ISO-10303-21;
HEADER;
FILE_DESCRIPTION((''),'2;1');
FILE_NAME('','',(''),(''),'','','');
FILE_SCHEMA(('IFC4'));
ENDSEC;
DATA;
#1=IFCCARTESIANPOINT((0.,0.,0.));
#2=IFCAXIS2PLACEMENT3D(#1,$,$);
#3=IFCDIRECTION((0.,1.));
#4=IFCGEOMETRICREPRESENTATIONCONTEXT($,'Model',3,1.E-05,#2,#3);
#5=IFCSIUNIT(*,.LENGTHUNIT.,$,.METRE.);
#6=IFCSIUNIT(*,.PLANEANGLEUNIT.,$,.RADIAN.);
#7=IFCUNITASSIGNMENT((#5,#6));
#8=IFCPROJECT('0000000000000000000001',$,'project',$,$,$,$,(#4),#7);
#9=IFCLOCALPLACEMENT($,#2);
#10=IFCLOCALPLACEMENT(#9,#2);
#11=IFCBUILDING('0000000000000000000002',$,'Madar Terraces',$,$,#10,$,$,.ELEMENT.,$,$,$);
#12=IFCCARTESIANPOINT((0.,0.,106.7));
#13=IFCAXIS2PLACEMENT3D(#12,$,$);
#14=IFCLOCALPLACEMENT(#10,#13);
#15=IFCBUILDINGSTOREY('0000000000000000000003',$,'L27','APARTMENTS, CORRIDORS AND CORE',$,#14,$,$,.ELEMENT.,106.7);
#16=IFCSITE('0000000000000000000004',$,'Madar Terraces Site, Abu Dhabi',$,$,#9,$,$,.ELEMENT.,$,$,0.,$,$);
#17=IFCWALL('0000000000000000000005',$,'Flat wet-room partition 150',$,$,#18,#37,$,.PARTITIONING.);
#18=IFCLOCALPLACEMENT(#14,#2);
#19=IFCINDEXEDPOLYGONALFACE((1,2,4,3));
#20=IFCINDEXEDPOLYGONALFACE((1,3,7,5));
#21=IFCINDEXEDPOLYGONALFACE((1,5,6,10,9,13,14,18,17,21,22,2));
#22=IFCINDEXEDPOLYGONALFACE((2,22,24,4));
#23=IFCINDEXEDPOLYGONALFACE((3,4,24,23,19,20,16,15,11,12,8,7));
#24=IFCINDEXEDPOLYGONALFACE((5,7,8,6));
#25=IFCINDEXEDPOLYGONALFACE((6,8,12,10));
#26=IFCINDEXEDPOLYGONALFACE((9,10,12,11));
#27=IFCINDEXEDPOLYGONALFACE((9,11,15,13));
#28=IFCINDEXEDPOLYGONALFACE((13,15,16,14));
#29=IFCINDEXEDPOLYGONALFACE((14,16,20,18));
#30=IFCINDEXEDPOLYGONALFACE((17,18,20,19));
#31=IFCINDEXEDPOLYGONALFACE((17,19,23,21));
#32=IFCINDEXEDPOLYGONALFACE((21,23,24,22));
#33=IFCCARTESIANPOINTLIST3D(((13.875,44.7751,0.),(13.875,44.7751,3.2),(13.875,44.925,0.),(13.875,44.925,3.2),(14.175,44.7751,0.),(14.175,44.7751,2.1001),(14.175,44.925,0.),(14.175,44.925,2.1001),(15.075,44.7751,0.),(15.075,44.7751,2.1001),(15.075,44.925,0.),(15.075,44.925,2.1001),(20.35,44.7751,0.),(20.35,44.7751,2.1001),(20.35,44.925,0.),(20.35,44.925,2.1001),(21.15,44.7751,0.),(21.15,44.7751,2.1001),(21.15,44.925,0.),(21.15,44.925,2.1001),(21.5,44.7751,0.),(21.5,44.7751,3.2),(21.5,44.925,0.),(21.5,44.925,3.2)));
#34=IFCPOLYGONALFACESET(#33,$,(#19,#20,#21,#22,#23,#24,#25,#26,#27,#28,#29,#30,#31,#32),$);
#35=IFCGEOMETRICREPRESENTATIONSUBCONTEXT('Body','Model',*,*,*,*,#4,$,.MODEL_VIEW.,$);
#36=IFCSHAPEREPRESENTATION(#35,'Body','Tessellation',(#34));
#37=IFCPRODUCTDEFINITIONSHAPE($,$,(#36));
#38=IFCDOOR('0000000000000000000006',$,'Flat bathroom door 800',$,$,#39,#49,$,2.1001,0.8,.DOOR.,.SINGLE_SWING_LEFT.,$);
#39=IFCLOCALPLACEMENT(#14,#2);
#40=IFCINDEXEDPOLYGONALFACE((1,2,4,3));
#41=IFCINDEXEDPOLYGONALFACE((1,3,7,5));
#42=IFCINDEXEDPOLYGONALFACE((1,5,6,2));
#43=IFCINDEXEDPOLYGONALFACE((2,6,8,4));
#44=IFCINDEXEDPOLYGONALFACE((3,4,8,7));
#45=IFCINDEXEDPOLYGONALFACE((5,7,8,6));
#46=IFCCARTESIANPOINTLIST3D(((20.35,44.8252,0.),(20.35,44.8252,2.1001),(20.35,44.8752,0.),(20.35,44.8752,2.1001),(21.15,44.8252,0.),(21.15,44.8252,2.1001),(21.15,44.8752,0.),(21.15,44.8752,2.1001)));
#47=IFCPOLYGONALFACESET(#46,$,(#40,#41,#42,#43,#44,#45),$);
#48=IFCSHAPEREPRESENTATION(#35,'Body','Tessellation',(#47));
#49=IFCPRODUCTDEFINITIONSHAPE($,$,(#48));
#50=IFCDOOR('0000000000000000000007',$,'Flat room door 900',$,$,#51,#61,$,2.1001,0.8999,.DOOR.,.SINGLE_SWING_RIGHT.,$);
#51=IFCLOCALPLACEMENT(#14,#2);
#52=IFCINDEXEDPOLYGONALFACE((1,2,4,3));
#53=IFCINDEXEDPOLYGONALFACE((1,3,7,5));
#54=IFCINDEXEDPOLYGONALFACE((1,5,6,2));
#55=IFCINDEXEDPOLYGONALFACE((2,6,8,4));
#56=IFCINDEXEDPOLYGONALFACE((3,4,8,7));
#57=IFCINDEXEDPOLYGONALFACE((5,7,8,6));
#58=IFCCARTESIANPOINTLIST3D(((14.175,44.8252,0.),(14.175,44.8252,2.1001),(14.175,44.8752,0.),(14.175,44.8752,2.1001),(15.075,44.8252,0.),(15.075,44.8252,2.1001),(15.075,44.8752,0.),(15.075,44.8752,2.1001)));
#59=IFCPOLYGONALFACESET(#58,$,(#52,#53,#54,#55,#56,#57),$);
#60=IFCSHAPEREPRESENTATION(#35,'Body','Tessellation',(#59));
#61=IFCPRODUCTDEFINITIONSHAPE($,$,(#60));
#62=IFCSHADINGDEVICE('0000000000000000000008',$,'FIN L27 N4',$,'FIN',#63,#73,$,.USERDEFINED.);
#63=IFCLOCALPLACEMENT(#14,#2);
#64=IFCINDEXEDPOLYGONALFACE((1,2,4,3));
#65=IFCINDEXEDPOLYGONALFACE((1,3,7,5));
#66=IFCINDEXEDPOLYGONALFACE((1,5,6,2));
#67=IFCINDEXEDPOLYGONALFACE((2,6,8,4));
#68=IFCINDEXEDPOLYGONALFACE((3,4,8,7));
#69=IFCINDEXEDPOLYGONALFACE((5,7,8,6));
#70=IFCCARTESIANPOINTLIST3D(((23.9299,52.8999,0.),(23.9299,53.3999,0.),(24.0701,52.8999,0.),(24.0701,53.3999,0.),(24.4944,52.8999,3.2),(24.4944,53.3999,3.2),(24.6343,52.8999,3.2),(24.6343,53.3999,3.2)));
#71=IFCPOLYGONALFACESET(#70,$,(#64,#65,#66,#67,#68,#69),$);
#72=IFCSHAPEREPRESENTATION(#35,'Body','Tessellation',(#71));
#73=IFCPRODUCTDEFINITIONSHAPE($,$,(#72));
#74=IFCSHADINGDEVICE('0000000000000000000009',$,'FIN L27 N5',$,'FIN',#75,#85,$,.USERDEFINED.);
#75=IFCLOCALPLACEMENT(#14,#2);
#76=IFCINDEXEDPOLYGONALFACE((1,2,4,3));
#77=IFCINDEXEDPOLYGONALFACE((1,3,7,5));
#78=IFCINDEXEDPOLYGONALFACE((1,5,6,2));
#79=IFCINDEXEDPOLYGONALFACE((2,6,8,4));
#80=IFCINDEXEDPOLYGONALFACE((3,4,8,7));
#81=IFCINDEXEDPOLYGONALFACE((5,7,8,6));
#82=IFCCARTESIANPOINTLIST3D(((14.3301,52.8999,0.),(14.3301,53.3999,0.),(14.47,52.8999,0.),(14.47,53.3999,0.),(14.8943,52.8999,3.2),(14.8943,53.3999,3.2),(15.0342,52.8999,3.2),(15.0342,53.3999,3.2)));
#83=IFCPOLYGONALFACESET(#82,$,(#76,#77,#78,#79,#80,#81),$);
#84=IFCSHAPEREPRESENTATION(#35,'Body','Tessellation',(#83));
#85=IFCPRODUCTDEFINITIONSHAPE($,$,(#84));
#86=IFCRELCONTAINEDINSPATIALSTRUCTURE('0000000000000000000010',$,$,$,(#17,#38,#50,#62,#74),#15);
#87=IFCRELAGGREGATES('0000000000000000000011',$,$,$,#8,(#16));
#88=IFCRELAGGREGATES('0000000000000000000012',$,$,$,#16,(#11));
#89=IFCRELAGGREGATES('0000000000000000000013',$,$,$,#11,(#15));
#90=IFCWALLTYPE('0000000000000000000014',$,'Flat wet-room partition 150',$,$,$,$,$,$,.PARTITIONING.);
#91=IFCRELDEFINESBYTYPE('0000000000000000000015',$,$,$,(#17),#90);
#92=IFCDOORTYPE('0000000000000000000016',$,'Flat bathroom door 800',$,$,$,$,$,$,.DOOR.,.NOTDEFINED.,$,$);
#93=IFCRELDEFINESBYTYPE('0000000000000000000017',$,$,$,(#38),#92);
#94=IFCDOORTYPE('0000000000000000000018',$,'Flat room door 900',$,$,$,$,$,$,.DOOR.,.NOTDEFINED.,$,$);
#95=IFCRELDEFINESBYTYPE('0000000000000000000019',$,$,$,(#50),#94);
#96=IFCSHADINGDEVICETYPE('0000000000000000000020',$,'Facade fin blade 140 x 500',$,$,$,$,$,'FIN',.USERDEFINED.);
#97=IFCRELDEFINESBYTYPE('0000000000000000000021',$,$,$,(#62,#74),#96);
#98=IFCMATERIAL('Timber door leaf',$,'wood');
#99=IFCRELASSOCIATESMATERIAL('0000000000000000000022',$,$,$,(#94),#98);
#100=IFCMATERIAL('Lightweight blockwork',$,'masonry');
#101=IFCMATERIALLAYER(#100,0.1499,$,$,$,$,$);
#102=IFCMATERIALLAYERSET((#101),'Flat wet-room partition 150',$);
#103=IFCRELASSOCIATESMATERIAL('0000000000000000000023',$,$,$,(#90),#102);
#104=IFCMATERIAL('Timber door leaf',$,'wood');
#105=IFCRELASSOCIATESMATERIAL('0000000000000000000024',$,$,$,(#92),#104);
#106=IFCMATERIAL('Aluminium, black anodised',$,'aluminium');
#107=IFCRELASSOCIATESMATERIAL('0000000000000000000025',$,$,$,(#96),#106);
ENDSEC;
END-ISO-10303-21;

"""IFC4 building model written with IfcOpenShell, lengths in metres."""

from ifc_helpers import new_model, si_unit, direction, frame, frame_2d, origin, place, context, subcontext, project, spatial, polyline, rectangle, outline, extrude, material, layer, layer_set, type_object, element, fill, save


model = new_model("IFC4")

# Units and contexts
model_context = context("Model", 3, precision=1e-05, world=origin(), true_north=direction((0.0, 1.0)))
body_context = subcontext(model_context, "Body", "Model", "MODEL_VIEW")
ifc_project = project(units=[si_unit("LENGTHUNIT", "METRE"), si_unit("PLANEANGLEUNIT", "RADIAN")], contexts=[model_context])

# Site, building, storey
site_placement = place(None, origin())
site = spatial("IfcSite", under=ifc_project, at=site_placement, Name="Madar Terraces Site, Abu Dhabi", CompositionType="ELEMENT", RefElevation=0.0)
building_placement = place(site_placement, origin())
building = spatial("IfcBuilding", under=site, at=building_placement, Name="Madar Terraces", CompositionType="ELEMENT")
storey_placement = place(building_placement, frame((0.0, 0.0, 106.7)))
storey = spatial("IfcBuildingStorey", under=building, at=storey_placement, Name="L27", Description="APARTMENTS, CORRIDORS AND CORE", CompositionType="ELEMENT", Elevation=106.7)

# Shared definitions
ifc_material_1 = material(Name="Timber door leaf", Category="wood")
door_type_1 = type_object("IfcDoorType", Name="Flat room door 900", OperationType="NOTDEFINED", PredefinedType="DOOR", material=ifc_material_1)

# Wall, openings, doors
ifc_material_2 = material(Name="Lightweight blockwork", Category="masonry")
ifc_layer_1 = layer(ifc_material_2, 0.1499)
ifc_layer_set_1 = layer_set([ifc_layer_1], Name="Flat wet-room partition 150")
wall_type_1 = type_object("IfcWallType", Name="Flat wet-room partition 150", PredefinedType="PARTITIONING", material=ifc_layer_set_1)
wall_1_placement = place(storey_placement, frame((21.5, 44.8501, 0.0), z_axis=(0.0, 0.0, 1.0), x_axis=(-1.0, 0.0, 0.0)))
wall_1 = element("IfcWall", 1, at=wall_1_placement, inside=storey, type_object=wall_type_1, Name="Flat wet-room partition 150", PredefinedType="PARTITIONING", context=body_context, shape_type="SweptSolid", body=[
    extrude(rectangle(XDim=7.625, YDim=0.1499, at=frame_2d((3.8125, 0.0))), origin(), (0.0, 0.0, 1.0), 3.2),
])
opening_1_placement = place(wall_1_placement, frame((6.425, 0.0, 0.0)))
opening_1 = element("IfcOpeningElement", 2, at=opening_1_placement, cuts=wall_1, PredefinedType="OPENING", context=body_context, shape_type="SweptSolid", body=[
    extrude(rectangle(XDim=0.8999, YDim=2.1001, at=frame_2d((0.45, 1.05))), frame((0.0, 0.085, 0.0), z_axis=(0.0, -1.0, 0.0), x_axis=(1.0, 0.0, 0.0)), (0.0, 0.0, 1.0), 0.1699),
])
opening_2_placement = place(wall_1_placement, frame((0.3501, 0.0, 0.0)))
opening_2 = element("IfcOpeningElement", 3, at=opening_2_placement, cuts=wall_1, PredefinedType="OPENING", context=body_context, shape_type="SweptSolid", body=[
    extrude(rectangle(XDim=0.8, YDim=2.1001, at=frame_2d((0.3999, 1.05))), frame((0.0, 0.085, 0.0), z_axis=(0.0, -1.0, 0.0), x_axis=(1.0, 0.0, 0.0)), (0.0, 0.0, 1.0), 0.1699),
])
ifc_material_3 = material(Name="Timber door leaf", Category="wood")
door_type_2 = type_object("IfcDoorType", Name="Flat bathroom door 800", OperationType="NOTDEFINED", PredefinedType="DOOR", material=ifc_material_3)
door_1_placement = place(opening_2_placement, origin())
door_1 = element("IfcDoor", 4, at=door_1_placement, inside=storey, type_object=door_type_2, Name="Flat bathroom door 800", OperationType="SINGLE_SWING_LEFT", OverallHeight=2.1001, OverallWidth=0.8, PredefinedType="DOOR", context=body_context, shape_type="SweptSolid", body=[
    extrude(rectangle(XDim=0.8, YDim=2.1001, at=frame_2d((0.3999, 1.05))), frame((0.0, 0.0249, 0.0), z_axis=(0.0, -1.0, 0.0), x_axis=(1.0, 0.0, 0.0)), (0.0, 0.0, 1.0), 0.05),
])
fill(opening_2, door_1)
door_2_placement = place(opening_1_placement, origin())
door_2 = element("IfcDoor", 5, at=door_2_placement, inside=storey, type_object=door_type_1, Name="Flat room door 900", OperationType="SINGLE_SWING_RIGHT", OverallHeight=2.1001, OverallWidth=0.8999, PredefinedType="DOOR", context=body_context, shape_type="SweptSolid", body=[
    extrude(rectangle(XDim=0.8999, YDim=2.1001, at=frame_2d((0.45, 1.05))), frame((0.0, 0.0249, 0.0), z_axis=(0.0, -1.0, 0.0), x_axis=(1.0, 0.0, 0.0)), (0.0, 0.0, 1.0), 0.05),
])
fill(opening_1, door_2)

# Shading devices
ifc_material_4 = material(Name="Aluminium, black anodised", Category="aluminium")
shading_device_type = type_object("IfcShadingDeviceType", Name="Facade fin blade 140 x 500", ElementType="FIN", PredefinedType="USERDEFINED", material=ifc_material_4)
shading_device_1_placement = place(storey_placement, frame((24.0701, 53.1499, 0.0), z_axis=(0.0, 0.0, 1.0), x_axis=(-1.0, 0.0, 0.0)))
element("IfcShadingDevice", 6, at=shading_device_1_placement, inside=storey, type_object=shading_device_type, Name="FIN L27 N4", ObjectType="FIN", PredefinedType="USERDEFINED", context=body_context, shape_type="SweptSolid", body=[
    extrude(outline(polyline([(0.0, 0.0), (0.1401, 0.0), (-0.4243, 3.2), (-0.5642, 3.2), (0.0, 0.0)])), frame((0.0, 0.25, 0.0), z_axis=(0.0, -1.0, 0.0), x_axis=(1.0, 0.0, 0.0)), (0.0, 0.0, 1.0), 0.5),
])
shading_device_2_placement = place(storey_placement, frame((14.47, 53.1499, 0.0), z_axis=(0.0, 0.0, 1.0), x_axis=(-1.0, 0.0, 0.0)))
element("IfcShadingDevice", 7, at=shading_device_2_placement, inside=storey, type_object=shading_device_type, Name="FIN L27 N5", ObjectType="FIN", PredefinedType="USERDEFINED", context=body_context, shape_type="SweptSolid", body=[
    extrude(outline(polyline([(0.0, 0.0), (0.1399, 0.0), (-0.4243, 3.2), (-0.5642, 3.2), (0.0, 0.0)])), frame((0.0, 0.25, 0.0), z_axis=(0.0, -1.0, 0.0), x_axis=(1.0, 0.0, 0.0)), (0.0, 0.0, 1.0), 0.5),
])

save(model, "model.ifc")
